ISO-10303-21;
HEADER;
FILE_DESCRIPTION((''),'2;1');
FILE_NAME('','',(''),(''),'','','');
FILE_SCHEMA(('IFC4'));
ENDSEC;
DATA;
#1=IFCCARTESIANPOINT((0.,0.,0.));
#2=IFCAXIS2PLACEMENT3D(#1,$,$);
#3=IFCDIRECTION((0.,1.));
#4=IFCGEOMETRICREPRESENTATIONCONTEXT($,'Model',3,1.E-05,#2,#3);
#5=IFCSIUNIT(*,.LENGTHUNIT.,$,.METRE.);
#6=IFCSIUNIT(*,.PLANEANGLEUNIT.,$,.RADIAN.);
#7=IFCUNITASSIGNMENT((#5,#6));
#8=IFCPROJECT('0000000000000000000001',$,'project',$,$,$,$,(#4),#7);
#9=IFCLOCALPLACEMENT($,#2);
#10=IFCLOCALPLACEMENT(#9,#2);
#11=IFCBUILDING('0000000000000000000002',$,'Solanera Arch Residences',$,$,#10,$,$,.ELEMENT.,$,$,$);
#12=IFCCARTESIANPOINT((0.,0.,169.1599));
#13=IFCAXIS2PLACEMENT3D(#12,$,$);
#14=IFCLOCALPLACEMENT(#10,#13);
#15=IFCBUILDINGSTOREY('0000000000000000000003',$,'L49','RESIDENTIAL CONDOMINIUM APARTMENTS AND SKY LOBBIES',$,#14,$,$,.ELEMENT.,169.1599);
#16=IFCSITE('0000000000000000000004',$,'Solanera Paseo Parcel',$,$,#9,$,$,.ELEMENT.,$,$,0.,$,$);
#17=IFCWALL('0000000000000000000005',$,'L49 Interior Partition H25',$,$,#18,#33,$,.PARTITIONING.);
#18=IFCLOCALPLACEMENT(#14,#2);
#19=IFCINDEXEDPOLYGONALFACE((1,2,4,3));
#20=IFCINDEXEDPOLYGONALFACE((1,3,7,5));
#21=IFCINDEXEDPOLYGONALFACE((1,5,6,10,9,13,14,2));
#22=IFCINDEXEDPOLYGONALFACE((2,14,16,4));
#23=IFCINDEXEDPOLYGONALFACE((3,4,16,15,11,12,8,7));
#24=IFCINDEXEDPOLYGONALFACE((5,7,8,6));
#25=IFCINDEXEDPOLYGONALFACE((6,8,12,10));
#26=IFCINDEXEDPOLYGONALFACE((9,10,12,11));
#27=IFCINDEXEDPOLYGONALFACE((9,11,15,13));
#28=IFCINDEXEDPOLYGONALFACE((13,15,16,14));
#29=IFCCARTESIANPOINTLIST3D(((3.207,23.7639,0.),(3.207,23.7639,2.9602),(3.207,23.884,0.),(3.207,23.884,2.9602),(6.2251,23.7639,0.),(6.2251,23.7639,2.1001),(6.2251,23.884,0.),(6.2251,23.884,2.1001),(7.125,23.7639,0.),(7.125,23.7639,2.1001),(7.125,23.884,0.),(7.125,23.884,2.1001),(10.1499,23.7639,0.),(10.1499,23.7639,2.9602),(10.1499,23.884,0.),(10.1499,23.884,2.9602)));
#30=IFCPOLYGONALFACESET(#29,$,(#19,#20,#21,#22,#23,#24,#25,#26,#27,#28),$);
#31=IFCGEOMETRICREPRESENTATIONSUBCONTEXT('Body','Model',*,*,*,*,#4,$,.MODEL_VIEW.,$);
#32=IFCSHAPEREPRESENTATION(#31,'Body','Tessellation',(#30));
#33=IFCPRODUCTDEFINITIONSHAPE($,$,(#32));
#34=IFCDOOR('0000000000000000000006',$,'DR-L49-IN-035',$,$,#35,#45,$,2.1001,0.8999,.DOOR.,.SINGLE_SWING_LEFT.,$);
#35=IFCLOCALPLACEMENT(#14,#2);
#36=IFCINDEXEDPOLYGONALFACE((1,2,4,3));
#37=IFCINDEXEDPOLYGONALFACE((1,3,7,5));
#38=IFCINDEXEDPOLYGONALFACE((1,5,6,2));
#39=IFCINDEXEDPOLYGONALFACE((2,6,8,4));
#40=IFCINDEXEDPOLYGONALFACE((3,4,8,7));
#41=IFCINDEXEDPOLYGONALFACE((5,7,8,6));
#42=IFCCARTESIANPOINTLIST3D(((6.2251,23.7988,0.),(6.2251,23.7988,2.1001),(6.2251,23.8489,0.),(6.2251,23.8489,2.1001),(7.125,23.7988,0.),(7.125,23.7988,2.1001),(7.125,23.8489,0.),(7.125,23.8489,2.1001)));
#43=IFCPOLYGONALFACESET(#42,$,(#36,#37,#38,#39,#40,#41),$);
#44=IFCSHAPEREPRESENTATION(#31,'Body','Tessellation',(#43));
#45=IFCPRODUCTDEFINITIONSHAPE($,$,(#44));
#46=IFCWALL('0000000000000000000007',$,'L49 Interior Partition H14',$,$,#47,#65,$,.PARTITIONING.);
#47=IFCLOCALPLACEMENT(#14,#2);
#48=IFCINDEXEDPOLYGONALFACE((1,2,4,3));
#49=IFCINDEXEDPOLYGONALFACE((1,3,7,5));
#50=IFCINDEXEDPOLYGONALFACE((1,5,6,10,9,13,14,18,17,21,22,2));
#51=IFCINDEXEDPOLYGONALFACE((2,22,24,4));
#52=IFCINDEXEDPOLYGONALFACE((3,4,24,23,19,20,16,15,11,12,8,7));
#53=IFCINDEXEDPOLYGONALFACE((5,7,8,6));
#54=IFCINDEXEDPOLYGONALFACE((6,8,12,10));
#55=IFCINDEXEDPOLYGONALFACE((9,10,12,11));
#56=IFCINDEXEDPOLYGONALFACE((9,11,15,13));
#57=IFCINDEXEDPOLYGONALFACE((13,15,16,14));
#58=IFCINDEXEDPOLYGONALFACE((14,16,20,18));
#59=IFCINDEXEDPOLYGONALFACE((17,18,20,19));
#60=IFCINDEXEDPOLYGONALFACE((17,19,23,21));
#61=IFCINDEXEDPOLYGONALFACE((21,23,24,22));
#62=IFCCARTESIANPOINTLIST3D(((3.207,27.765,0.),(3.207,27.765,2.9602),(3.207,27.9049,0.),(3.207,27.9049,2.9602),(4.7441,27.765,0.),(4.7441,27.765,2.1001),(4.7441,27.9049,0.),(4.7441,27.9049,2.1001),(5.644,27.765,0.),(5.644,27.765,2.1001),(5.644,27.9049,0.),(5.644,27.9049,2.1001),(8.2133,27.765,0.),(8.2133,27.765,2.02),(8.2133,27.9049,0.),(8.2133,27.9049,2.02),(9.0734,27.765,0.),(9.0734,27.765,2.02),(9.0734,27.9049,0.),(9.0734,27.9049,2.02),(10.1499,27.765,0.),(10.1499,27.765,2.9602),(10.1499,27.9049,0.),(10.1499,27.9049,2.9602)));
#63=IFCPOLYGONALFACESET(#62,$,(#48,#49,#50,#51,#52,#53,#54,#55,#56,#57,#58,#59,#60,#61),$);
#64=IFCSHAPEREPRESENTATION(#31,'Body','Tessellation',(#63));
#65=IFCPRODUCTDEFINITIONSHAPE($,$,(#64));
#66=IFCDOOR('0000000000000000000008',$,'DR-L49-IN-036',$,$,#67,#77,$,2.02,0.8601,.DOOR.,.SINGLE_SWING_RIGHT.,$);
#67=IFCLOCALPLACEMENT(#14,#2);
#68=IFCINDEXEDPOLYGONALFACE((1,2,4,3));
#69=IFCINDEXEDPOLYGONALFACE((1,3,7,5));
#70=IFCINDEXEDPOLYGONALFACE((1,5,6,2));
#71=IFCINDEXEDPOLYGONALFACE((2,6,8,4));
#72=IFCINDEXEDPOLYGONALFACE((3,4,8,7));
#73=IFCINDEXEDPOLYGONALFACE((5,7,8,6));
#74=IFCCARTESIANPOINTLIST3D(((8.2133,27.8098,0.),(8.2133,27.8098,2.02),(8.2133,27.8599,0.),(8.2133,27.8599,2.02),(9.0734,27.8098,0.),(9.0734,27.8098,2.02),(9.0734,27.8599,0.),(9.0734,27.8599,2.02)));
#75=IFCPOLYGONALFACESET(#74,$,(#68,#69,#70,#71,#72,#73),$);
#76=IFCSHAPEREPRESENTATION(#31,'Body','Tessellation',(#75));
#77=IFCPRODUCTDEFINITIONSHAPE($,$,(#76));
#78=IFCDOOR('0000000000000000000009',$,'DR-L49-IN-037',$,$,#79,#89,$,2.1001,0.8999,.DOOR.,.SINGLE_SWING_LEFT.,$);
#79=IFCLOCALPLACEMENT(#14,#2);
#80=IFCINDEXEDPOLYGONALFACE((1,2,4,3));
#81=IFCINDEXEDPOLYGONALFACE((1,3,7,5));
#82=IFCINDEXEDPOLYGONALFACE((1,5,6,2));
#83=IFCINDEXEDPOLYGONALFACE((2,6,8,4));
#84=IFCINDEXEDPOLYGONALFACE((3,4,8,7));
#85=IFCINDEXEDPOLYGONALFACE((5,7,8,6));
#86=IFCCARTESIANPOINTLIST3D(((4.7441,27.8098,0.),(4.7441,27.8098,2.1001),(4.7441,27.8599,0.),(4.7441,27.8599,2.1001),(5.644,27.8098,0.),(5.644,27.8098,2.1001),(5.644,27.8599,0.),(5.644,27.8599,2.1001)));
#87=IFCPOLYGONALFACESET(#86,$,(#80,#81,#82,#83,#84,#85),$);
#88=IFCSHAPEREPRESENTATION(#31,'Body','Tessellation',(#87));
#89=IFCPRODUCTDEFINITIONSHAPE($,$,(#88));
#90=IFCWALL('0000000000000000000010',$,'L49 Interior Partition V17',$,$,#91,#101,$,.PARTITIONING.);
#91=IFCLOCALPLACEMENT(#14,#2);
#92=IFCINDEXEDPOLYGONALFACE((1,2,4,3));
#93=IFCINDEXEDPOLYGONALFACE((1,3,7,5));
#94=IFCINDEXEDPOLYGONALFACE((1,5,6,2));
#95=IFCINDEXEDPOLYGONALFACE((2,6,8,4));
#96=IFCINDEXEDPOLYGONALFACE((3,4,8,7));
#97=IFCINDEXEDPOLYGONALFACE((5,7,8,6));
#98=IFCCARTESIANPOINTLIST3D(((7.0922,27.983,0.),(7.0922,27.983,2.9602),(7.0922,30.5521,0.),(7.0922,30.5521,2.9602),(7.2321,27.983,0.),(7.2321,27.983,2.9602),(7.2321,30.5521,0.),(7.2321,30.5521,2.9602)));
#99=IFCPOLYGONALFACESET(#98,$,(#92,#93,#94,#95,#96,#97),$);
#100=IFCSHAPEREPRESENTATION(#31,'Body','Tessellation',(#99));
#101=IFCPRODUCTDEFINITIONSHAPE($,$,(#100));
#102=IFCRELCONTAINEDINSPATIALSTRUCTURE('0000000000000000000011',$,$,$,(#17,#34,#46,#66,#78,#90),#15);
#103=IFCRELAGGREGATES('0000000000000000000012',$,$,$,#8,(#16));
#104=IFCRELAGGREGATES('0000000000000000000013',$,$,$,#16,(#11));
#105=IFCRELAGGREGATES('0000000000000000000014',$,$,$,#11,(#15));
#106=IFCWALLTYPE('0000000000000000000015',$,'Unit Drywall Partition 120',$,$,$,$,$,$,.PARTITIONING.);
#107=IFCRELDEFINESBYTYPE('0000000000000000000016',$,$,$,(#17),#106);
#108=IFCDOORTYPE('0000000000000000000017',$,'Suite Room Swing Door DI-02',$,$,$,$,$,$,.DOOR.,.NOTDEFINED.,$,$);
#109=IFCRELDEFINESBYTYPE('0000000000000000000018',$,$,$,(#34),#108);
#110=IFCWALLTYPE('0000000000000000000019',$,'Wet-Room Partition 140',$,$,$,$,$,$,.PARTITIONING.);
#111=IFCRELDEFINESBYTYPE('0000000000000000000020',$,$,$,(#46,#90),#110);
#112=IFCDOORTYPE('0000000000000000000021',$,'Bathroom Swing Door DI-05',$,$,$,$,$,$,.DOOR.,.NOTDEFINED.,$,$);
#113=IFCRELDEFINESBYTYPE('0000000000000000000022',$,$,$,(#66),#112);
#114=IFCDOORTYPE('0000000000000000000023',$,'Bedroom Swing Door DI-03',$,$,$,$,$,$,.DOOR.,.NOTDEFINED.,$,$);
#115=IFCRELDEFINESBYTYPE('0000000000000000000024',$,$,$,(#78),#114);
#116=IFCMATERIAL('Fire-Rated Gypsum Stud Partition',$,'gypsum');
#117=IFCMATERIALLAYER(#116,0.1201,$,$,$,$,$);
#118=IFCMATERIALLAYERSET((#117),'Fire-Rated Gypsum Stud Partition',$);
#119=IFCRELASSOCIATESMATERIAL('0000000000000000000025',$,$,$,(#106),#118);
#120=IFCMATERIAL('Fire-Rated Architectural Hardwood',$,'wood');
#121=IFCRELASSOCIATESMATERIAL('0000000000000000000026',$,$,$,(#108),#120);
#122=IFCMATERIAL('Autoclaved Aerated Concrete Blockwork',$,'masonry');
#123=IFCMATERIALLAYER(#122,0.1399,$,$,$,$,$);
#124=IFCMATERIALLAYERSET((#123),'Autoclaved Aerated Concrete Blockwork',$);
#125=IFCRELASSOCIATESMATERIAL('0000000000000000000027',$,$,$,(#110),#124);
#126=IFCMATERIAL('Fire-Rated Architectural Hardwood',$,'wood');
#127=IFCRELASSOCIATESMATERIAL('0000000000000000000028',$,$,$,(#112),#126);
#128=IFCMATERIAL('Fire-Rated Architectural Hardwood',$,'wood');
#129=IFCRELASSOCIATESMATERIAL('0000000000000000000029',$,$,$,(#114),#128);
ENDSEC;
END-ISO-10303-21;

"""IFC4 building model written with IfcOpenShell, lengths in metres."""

from ifc_helpers import new_model, si_unit, direction, frame, frame_2d, origin, place, context, subcontext, project, spatial, rectangle, extrude, material, layer, layer_set, type_object, element, fill, save


model = new_model("IFC4")

# Units and contexts
model_context = context("Model", 3, precision=1e-05, world=origin(), true_north=direction((0.0, 1.0)))
body_context = subcontext(model_context, "Body", "Model", "MODEL_VIEW")
ifc_project = project(units=[si_unit("LENGTHUNIT", "METRE"), si_unit("PLANEANGLEUNIT", "RADIAN")], contexts=[model_context])

# Site, building, storey
site_placement = place(None, origin())
site = spatial("IfcSite", under=ifc_project, at=site_placement, Name="Solanera Paseo Parcel", CompositionType="ELEMENT", RefElevation=0.0)
building_placement = place(site_placement, origin())
building = spatial("IfcBuilding", under=site, at=building_placement, Name="Solanera Arch Residences", CompositionType="ELEMENT")
storey_placement = place(building_placement, frame((0.0, 0.0, 169.1599)))
storey = spatial("IfcBuildingStorey", under=building, at=storey_placement, Name="L49", Description="RESIDENTIAL CONDOMINIUM APARTMENTS AND SKY LOBBIES", CompositionType="ELEMENT", Elevation=169.1599)

# Wall, opening, door
ifc_material_1 = material(Name="Fire-Rated Gypsum Stud Partition", Category="gypsum")
ifc_layer_1 = layer(ifc_material_1, 0.1201)
ifc_layer_set_1 = layer_set([ifc_layer_1], Name="Fire-Rated Gypsum Stud Partition")
wall_type_1 = type_object("IfcWallType", Name="Unit Drywall Partition 120", PredefinedType="PARTITIONING", material=ifc_layer_set_1)
wall_1_placement = place(storey_placement, frame((3.207, 23.824, 0.0), z_axis=(0.0, 0.0, 1.0), x_axis=(1.0, 0.0, 0.0)))
wall_1 = element("IfcWall", 1, at=wall_1_placement, inside=storey, type_object=wall_type_1, Name="L49 Interior Partition H25", PredefinedType="PARTITIONING", context=body_context, shape_type="SweptSolid", body=[
    extrude(rectangle(XDim=6.9429, YDim=0.1201, at=frame_2d((3.4714, 0.0))), origin(), (0.0, 0.0, 1.0), 2.9602),
])
opening_1_placement = place(wall_1_placement, frame((3.0181, 0.0, 0.0)))
opening_1 = element("IfcOpeningElement", 2, at=opening_1_placement, cuts=wall_1, PredefinedType="OPENING", context=body_context, shape_type="SweptSolid", body=[
    extrude(rectangle(XDim=0.8999, YDim=2.1001, at=frame_2d((0.45, 1.05))), frame((0.0, 0.0701, 0.0), z_axis=(0.0, -1.0, 0.0), x_axis=(1.0, 0.0, 0.0)), (0.0, 0.0, 1.0), 0.1401),
])
ifc_material_2 = material(Name="Fire-Rated Architectural Hardwood", Category="wood")
door_type_1 = type_object("IfcDoorType", Name="Suite Room Swing Door DI-02", OperationType="NOTDEFINED", PredefinedType="DOOR", material=ifc_material_2)
door_1_placement = place(opening_1_placement, origin())
door_1 = element("IfcDoor", 3, at=door_1_placement, inside=storey, type_object=door_type_1, Name="DR-L49-IN-035", OperationType="SINGLE_SWING_LEFT", OverallHeight=2.1001, OverallWidth=0.8999, PredefinedType="DOOR", context=body_context, shape_type="SweptSolid", body=[
    extrude(rectangle(XDim=0.8999, YDim=2.1001, at=frame_2d((0.45, 1.05))), frame((0.0, 0.0249, 0.0), z_axis=(0.0, -1.0, 0.0), x_axis=(1.0, 0.0, 0.0)), (0.0, 0.0, 1.0), 0.05),
])
fill(opening_1, door_1)

# Wall, openings, doors
ifc_material_3 = material(Name="Autoclaved Aerated Concrete Blockwork", Category="masonry")
ifc_layer_2 = layer(ifc_material_3, 0.1399)
ifc_layer_set_2 = layer_set([ifc_layer_2], Name="Autoclaved Aerated Concrete Blockwork")
wall_type_2 = type_object("IfcWallType", Name="Wet-Room Partition 140", PredefinedType="PARTITIONING", material=ifc_layer_set_2)
wall_2_placement = place(storey_placement, frame((3.207, 27.835, 0.0), z_axis=(0.0, 0.0, 1.0), x_axis=(1.0, 0.0, 0.0)))
wall_2 = element("IfcWall", 4, at=wall_2_placement, inside=storey, type_object=wall_type_2, Name="L49 Interior Partition H14", PredefinedType="PARTITIONING", context=body_context, shape_type="SweptSolid", body=[
    extrude(rectangle(XDim=6.9429, YDim=0.1399, at=frame_2d((3.4714, 0.0))), origin(), (0.0, 0.0, 1.0), 2.9602),
])
opening_2_placement = place(wall_2_placement, frame((5.0061, 0.0, 0.0)))
opening_2 = element("IfcOpeningElement", 5, at=opening_2_placement, cuts=wall_2, PredefinedType="OPENING", context=body_context, shape_type="SweptSolid", body=[
    extrude(rectangle(XDim=0.8601, YDim=2.02, at=frame_2d((0.4302, 1.01))), frame((0.0, 0.0798, 0.0), z_axis=(0.0, -1.0, 0.0), x_axis=(1.0, 0.0, 0.0)), (0.0, 0.0, 1.0), 0.1599),
])
opening_3_placement = place(wall_2_placement, frame((1.5371, 0.0, 0.0)))
opening_3 = element("IfcOpeningElement", 6, at=opening_3_placement, cuts=wall_2, PredefinedType="OPENING", context=body_context, shape_type="SweptSolid", body=[
    extrude(rectangle(XDim=0.8999, YDim=2.1001, at=frame_2d((0.45, 1.05))), frame((0.0, 0.0798, 0.0), z_axis=(0.0, -1.0, 0.0), x_axis=(1.0, 0.0, 0.0)), (0.0, 0.0, 1.0), 0.1599),
])
ifc_material_4 = material(Name="Fire-Rated Architectural Hardwood", Category="wood")
door_type_2 = type_object("IfcDoorType", Name="Bathroom Swing Door DI-05", OperationType="NOTDEFINED", PredefinedType="DOOR", material=ifc_material_4)
door_2_placement = place(opening_2_placement, origin())
door_2 = element("IfcDoor", 7, at=door_2_placement, inside=storey, type_object=door_type_2, Name="DR-L49-IN-036", OperationType="SINGLE_SWING_RIGHT", OverallHeight=2.02, OverallWidth=0.8601, PredefinedType="DOOR", context=body_context, shape_type="SweptSolid", body=[
    extrude(rectangle(XDim=0.8601, YDim=2.02, at=frame_2d((0.4302, 1.01))), frame((0.0, 0.0249, 0.0), z_axis=(0.0, -1.0, 0.0), x_axis=(1.0, 0.0, 0.0)), (0.0, 0.0, 1.0), 0.05),
])
fill(opening_2, door_2)
ifc_material_5 = material(Name="Fire-Rated Architectural Hardwood", Category="wood")
door_type_3 = type_object("IfcDoorType", Name="Bedroom Swing Door DI-03", OperationType="NOTDEFINED", PredefinedType="DOOR", material=ifc_material_5)
door_3_placement = place(opening_3_placement, origin())
door_3 = element("IfcDoor", 8, at=door_3_placement, inside=storey, type_object=door_type_3, Name="DR-L49-IN-037", OperationType="SINGLE_SWING_LEFT", OverallHeight=2.1001, OverallWidth=0.8999, PredefinedType="DOOR", context=body_context, shape_type="SweptSolid", body=[
    extrude(rectangle(XDim=0.8999, YDim=2.1001, at=frame_2d((0.45, 1.05))), frame((0.0, 0.0249, 0.0), z_axis=(0.0, -1.0, 0.0), x_axis=(1.0, 0.0, 0.0)), (0.0, 0.0, 1.0), 0.05),
])
fill(opening_3, door_3)

# Wall
wall_3_placement = place(storey_placement, frame((7.1621, 27.9829, 0.0), z_axis=(0.0, 0.0, 1.0), x_axis=(0.0, 1.0, 0.0)))
element("IfcWall", 9, at=wall_3_placement, inside=storey, type_object=wall_type_2, Name="L49 Interior Partition V17", PredefinedType="PARTITIONING", context=body_context, shape_type="SweptSolid", body=[
    extrude(rectangle(XDim=2.5691, YDim=0.1399, at=frame_2d((1.2847, 0.0))), origin(), (0.0, 0.0, 1.0), 2.9602),
])

save(model, "model.ifc")
